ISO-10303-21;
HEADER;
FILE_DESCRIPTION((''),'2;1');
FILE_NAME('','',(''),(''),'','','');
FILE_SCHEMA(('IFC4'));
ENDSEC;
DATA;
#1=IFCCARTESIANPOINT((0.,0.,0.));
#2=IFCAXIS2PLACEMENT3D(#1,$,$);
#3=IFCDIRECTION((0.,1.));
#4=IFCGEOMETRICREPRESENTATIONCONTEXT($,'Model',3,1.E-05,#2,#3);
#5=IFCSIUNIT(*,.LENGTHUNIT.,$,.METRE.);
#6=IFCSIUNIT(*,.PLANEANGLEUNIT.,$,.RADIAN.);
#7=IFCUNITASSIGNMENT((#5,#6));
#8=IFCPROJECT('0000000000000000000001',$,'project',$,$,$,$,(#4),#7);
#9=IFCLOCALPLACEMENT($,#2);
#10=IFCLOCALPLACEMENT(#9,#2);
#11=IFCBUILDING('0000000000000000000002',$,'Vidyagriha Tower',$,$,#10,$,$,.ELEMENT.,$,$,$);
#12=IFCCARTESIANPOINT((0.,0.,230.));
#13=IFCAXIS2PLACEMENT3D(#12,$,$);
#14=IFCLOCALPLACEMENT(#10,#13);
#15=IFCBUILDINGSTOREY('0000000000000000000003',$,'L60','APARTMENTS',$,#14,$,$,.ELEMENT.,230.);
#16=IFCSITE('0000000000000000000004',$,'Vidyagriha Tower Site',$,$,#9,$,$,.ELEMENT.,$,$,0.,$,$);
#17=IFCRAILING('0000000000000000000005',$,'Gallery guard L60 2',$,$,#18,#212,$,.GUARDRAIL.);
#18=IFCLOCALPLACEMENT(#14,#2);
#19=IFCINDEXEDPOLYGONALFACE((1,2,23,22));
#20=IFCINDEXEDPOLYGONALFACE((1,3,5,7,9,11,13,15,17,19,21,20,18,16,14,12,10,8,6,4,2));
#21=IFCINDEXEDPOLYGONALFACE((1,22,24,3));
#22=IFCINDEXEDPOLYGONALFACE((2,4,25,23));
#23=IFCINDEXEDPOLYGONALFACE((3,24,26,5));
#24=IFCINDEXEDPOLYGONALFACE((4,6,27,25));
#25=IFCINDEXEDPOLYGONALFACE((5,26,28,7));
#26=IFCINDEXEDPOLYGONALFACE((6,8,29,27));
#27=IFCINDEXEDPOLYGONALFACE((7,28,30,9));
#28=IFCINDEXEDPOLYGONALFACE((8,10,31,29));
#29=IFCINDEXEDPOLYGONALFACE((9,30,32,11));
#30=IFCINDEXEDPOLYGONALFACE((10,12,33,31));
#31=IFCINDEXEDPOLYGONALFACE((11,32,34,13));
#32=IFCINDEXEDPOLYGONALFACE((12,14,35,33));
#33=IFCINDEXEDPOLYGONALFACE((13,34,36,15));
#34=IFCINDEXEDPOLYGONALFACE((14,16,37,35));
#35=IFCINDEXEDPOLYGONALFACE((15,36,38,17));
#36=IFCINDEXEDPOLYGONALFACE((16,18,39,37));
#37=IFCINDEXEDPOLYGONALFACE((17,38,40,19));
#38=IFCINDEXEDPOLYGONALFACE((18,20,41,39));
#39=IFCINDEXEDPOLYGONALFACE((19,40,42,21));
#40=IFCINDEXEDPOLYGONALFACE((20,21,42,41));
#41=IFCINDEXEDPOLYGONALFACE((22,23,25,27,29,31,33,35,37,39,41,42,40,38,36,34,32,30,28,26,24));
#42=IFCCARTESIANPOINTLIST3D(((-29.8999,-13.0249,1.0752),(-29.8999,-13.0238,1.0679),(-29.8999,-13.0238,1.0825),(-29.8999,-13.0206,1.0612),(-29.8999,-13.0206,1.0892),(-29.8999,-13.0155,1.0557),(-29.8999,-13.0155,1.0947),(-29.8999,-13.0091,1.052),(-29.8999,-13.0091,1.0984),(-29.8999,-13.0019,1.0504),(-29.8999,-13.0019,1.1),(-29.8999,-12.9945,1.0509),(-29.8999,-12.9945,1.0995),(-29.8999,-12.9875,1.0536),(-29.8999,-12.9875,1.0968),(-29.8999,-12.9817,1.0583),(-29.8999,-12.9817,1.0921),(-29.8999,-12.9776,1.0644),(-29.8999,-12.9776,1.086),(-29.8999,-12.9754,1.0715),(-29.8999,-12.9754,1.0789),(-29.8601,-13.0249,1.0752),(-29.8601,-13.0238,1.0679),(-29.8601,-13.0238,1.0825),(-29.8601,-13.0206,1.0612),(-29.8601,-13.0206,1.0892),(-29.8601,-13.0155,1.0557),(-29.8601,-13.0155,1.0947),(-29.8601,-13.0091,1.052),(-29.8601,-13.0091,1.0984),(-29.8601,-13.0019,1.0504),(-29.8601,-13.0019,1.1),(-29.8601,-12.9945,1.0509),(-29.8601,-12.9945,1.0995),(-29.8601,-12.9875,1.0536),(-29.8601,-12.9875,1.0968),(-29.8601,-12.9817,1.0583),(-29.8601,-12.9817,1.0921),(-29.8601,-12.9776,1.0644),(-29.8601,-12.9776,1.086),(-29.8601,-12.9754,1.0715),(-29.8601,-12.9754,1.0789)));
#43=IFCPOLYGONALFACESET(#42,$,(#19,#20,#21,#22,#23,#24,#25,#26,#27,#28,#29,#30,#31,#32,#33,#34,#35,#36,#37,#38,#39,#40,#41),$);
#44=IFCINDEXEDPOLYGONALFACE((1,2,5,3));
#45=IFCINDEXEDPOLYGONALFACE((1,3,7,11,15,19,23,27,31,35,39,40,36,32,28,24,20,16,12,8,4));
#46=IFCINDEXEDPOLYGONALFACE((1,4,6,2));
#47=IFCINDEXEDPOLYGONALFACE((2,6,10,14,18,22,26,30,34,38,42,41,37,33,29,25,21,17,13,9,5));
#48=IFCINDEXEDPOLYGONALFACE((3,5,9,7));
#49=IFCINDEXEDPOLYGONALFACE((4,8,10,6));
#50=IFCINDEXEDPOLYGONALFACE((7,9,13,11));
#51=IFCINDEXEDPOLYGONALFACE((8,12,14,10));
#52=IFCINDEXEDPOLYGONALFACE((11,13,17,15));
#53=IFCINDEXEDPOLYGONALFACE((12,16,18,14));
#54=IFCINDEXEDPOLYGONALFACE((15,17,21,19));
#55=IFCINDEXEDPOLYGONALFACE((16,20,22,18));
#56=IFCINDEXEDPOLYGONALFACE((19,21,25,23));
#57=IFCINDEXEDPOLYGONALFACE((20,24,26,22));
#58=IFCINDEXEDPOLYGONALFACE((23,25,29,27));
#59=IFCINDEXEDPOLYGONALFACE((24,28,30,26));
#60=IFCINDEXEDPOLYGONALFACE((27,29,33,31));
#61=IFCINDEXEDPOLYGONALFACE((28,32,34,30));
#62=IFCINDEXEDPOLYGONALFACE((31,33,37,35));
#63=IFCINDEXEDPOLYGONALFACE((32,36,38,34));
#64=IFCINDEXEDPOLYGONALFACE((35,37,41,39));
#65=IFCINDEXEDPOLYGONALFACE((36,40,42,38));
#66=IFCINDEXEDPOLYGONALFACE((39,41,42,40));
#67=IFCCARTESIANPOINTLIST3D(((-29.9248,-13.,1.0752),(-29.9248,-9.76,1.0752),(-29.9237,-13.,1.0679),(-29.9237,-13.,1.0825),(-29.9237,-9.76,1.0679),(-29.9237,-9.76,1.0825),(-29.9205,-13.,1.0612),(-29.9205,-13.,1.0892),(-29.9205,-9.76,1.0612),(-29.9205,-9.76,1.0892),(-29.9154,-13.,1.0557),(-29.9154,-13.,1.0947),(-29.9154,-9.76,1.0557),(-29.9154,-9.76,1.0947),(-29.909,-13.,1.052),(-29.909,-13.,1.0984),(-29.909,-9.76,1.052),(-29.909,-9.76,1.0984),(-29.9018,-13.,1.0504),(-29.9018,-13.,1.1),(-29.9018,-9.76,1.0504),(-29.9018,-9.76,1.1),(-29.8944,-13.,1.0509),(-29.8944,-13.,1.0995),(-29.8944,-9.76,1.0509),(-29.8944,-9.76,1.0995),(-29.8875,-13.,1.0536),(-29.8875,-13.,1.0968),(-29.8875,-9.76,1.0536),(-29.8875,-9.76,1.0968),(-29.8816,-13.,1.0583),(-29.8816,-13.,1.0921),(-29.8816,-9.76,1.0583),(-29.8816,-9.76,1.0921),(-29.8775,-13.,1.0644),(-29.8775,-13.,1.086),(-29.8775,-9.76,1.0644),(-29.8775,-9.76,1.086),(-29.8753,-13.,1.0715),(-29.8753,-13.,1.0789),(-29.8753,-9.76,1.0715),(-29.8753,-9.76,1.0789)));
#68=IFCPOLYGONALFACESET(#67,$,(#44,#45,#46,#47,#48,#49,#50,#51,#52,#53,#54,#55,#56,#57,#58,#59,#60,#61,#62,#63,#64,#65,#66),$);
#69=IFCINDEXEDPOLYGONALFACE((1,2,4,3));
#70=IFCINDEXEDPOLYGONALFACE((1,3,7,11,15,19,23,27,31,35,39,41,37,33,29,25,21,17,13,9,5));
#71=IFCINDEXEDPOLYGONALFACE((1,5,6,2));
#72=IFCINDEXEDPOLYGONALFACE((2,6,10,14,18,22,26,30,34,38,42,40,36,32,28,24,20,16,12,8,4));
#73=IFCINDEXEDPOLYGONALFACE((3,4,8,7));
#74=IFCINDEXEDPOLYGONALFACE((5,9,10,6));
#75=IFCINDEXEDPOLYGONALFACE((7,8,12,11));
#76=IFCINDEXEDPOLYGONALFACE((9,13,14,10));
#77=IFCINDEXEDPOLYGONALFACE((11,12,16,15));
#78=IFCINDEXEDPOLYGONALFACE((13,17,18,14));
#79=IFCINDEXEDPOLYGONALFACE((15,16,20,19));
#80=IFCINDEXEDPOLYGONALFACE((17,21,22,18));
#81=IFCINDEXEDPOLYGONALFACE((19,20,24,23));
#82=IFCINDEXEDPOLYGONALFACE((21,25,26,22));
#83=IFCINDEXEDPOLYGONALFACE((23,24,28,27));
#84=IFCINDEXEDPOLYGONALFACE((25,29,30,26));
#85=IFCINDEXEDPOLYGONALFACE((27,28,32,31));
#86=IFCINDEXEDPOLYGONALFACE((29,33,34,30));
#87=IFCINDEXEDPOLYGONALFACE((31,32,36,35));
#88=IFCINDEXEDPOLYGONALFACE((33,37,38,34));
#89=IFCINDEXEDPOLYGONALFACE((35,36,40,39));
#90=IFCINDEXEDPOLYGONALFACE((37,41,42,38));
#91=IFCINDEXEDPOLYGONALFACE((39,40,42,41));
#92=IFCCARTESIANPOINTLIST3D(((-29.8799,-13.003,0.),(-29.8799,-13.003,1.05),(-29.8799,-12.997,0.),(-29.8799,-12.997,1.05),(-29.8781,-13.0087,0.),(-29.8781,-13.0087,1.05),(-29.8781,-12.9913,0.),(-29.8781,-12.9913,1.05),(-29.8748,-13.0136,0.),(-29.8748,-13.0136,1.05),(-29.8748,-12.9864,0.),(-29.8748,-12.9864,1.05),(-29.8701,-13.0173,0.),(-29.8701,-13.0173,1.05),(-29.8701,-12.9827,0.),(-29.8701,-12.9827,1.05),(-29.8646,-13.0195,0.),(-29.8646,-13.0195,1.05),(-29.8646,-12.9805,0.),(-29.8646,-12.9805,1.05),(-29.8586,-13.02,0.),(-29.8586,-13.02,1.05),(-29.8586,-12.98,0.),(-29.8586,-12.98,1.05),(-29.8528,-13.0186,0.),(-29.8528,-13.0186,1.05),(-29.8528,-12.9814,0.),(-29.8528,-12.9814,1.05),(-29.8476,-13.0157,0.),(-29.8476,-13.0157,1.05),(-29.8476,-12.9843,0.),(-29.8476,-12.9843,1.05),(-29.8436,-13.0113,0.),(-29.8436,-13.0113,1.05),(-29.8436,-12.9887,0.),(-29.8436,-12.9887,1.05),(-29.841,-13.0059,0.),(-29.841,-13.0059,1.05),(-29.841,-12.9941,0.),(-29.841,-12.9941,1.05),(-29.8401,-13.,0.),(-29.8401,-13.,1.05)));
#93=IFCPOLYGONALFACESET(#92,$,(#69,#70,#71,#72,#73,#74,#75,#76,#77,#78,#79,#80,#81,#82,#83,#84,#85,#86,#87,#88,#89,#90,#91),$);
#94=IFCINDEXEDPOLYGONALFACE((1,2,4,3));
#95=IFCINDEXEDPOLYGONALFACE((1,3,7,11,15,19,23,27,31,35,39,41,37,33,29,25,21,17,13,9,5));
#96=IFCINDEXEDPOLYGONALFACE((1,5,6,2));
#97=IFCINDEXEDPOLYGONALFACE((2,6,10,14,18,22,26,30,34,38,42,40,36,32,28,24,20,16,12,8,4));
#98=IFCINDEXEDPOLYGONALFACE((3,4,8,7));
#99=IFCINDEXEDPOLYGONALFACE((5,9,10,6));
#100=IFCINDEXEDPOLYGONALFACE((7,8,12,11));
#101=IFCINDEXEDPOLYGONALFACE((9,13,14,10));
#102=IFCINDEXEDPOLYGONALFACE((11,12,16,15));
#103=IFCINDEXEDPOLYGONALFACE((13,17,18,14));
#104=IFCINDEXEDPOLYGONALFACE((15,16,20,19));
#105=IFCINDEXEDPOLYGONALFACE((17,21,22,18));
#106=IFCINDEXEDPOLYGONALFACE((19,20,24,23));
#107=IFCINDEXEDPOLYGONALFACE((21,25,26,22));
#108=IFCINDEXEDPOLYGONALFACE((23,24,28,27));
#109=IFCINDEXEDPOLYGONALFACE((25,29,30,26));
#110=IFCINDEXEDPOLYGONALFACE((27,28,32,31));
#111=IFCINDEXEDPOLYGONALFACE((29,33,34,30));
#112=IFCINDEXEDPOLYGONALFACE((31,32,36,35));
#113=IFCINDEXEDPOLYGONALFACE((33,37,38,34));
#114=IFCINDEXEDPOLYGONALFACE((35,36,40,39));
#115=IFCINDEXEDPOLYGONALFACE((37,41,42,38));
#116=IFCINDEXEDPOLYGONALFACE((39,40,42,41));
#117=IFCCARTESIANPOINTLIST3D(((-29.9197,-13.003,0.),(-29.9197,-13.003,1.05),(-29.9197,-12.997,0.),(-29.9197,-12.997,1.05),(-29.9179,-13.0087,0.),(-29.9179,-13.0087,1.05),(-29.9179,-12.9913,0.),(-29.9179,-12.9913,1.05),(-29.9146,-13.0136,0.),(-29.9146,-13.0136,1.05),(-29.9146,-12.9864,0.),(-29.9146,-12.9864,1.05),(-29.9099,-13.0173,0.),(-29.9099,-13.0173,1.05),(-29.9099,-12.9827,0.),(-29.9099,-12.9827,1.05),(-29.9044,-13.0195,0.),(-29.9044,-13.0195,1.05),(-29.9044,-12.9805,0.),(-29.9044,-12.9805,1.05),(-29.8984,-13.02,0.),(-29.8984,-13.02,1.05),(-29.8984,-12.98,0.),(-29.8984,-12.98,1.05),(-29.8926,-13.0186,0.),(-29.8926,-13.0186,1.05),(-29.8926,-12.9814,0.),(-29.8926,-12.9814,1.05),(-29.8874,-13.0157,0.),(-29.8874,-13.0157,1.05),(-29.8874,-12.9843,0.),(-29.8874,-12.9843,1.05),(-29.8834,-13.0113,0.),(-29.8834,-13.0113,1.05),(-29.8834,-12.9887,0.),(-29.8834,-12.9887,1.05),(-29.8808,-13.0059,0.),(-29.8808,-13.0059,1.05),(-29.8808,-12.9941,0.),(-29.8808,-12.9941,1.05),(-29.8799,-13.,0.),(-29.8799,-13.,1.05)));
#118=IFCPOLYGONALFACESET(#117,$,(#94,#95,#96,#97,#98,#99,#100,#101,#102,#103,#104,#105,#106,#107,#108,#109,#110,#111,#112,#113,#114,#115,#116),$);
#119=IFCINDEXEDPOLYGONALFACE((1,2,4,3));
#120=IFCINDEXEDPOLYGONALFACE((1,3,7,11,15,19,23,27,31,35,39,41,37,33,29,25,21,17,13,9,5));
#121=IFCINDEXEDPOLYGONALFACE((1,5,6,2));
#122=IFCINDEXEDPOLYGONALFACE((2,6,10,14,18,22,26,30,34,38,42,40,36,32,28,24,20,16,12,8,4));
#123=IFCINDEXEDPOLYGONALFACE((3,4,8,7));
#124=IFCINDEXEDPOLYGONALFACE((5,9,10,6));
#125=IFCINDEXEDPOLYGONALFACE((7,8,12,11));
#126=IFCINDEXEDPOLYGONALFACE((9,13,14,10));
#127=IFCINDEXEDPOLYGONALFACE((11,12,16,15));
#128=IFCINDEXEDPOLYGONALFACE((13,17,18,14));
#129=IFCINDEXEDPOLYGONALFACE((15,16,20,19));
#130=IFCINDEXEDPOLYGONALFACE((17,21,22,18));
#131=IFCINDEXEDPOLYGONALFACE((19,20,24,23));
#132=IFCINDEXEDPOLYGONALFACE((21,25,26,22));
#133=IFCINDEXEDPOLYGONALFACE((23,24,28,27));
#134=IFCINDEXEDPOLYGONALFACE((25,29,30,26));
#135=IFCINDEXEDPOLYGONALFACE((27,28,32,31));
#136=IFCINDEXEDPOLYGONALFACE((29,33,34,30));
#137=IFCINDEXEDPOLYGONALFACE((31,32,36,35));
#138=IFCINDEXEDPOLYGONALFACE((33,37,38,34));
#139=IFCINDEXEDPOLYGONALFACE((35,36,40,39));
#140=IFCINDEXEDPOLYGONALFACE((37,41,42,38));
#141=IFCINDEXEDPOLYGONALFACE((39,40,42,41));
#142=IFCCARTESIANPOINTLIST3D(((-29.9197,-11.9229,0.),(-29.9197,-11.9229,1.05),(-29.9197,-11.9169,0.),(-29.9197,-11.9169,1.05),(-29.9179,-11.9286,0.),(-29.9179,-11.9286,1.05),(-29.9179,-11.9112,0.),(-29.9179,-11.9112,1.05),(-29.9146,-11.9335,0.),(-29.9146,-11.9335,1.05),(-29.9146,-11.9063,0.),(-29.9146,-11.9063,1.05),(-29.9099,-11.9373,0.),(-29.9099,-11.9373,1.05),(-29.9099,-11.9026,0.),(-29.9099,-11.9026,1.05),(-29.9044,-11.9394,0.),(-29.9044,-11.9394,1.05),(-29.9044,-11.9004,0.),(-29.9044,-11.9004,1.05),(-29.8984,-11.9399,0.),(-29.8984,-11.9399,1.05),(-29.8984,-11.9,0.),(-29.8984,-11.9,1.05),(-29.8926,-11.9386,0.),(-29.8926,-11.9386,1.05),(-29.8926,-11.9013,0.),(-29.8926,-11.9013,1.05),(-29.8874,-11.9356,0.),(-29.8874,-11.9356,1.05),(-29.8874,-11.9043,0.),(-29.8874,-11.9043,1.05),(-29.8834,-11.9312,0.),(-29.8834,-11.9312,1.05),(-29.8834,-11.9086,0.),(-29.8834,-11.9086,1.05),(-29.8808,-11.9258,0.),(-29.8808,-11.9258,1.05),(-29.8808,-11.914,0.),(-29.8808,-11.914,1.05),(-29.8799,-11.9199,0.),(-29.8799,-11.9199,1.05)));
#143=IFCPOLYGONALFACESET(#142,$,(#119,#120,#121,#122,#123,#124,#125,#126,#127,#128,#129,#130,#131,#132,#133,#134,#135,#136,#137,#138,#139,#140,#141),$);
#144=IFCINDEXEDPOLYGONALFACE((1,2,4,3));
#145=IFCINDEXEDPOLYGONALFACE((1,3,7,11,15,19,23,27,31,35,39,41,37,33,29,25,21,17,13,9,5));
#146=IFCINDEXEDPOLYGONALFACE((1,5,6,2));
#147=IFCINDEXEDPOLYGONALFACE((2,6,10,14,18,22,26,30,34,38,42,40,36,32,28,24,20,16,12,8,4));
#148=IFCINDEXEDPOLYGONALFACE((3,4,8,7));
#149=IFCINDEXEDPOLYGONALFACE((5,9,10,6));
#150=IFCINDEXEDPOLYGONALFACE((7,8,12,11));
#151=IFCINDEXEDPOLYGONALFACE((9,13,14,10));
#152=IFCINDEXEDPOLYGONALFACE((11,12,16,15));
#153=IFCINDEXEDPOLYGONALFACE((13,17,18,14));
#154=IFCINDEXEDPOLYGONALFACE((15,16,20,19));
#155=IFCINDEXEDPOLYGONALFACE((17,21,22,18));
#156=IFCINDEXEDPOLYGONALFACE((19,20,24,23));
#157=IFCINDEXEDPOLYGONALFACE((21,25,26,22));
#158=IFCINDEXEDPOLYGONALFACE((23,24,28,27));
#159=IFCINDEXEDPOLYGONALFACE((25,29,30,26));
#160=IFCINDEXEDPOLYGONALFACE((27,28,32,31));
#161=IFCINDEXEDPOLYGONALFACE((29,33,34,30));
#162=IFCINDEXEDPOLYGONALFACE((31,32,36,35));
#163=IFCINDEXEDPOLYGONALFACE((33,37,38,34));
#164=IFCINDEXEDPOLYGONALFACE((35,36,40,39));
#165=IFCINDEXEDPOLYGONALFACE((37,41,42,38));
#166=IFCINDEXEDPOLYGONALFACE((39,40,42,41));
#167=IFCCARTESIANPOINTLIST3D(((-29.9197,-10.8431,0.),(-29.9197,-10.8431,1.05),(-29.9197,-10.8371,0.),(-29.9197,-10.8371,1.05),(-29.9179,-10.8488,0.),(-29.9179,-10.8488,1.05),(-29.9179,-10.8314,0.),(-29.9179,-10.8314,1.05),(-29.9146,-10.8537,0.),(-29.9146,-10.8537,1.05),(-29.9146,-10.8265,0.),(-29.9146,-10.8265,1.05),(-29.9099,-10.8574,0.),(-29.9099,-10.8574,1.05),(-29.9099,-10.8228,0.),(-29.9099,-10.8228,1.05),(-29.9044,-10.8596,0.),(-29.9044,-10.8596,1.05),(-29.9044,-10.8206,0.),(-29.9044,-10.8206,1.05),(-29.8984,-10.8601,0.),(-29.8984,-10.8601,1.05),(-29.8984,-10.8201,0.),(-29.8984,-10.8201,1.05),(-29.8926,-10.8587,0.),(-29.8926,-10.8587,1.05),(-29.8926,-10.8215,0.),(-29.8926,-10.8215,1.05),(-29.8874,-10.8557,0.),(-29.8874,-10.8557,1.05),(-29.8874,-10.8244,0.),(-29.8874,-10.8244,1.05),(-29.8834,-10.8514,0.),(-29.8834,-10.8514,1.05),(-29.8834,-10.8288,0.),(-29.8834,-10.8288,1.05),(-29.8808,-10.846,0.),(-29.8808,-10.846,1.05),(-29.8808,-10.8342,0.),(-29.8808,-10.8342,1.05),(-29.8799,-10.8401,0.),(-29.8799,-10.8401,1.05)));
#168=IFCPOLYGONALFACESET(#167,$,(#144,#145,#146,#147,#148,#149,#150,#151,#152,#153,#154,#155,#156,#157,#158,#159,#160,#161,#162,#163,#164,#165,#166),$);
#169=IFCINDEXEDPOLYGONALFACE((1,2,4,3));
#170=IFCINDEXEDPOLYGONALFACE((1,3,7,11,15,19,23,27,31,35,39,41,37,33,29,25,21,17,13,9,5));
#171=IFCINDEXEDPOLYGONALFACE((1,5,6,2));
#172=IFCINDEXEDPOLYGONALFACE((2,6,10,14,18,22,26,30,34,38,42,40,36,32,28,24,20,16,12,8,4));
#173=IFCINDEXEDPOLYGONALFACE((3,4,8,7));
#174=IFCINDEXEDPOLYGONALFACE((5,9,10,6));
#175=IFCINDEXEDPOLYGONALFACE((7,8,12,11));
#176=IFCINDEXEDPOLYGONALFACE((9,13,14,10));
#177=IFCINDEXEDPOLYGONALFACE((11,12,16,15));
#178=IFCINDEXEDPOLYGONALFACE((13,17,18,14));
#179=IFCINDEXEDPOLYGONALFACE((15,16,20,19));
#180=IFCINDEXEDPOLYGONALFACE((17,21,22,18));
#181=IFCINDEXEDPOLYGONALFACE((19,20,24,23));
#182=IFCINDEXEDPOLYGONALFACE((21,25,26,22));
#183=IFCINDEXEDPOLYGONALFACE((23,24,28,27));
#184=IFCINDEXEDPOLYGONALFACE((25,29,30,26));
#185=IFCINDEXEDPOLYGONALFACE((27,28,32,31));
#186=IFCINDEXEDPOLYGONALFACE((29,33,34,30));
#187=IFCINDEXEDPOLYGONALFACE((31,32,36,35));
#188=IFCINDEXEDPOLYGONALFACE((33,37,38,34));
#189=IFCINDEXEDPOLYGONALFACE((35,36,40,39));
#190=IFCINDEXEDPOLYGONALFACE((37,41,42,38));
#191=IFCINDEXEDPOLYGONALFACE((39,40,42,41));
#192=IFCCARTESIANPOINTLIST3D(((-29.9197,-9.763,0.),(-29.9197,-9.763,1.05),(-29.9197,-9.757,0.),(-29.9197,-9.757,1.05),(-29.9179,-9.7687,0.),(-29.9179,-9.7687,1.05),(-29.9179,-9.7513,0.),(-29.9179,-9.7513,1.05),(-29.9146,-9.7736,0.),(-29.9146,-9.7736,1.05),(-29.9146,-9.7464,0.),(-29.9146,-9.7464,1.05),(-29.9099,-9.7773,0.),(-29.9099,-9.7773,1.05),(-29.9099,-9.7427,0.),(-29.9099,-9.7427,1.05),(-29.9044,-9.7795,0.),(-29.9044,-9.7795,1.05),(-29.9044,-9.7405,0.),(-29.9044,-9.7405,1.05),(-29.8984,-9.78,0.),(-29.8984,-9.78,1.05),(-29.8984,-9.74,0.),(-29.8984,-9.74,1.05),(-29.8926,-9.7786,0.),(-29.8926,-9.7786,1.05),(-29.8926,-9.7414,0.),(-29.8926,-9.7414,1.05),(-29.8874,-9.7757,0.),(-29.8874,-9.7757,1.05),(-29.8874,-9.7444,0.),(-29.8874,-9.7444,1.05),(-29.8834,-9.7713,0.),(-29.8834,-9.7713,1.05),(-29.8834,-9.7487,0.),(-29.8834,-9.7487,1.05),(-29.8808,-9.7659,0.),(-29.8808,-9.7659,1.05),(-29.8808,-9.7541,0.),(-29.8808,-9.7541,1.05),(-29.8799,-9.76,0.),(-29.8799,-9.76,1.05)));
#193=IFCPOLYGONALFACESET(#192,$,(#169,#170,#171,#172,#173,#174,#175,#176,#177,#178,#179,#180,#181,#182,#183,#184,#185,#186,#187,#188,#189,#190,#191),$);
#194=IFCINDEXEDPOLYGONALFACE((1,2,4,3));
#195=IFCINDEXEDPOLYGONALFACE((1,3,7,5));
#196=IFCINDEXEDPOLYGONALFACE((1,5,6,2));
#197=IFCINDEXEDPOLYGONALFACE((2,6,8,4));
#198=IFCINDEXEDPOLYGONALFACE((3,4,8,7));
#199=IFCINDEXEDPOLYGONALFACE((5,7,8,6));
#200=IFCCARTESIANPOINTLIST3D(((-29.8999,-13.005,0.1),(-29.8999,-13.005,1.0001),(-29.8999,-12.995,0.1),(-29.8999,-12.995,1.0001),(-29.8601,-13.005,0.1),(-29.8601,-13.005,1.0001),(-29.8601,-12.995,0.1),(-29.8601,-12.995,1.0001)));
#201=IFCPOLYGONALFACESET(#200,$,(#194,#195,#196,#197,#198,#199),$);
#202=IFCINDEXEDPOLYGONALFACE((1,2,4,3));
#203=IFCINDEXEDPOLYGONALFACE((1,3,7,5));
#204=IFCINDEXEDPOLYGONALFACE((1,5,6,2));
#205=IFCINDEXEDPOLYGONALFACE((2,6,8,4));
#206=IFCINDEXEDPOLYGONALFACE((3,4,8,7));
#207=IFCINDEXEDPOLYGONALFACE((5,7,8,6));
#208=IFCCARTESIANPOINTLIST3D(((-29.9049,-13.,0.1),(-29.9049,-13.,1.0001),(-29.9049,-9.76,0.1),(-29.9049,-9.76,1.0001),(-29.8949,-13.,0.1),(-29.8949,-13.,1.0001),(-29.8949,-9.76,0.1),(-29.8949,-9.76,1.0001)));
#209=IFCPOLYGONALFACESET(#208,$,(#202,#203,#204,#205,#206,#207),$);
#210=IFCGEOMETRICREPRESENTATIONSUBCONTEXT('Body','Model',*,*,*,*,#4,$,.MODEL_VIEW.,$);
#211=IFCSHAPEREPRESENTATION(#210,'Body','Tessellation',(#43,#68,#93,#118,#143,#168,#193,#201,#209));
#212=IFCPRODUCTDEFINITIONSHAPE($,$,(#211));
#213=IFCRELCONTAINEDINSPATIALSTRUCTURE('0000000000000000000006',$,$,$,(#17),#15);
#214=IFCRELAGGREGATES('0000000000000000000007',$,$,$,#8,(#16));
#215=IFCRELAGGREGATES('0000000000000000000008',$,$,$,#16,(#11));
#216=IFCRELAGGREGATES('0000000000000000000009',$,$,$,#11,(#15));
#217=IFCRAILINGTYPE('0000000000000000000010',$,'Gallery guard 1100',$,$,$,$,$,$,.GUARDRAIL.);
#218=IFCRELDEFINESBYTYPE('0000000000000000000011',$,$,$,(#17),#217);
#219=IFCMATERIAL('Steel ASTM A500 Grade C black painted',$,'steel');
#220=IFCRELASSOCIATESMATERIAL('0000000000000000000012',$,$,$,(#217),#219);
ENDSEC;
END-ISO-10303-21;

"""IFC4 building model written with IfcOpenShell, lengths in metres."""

from ifc_helpers import new_model, si_unit, direction, frame, origin, origin_2d, place, context, subcontext, project, spatial, rectangle, circle, extrude, material, type_object, element, save


model = new_model("IFC4")

# Units and contexts
model_context = context("Model", 3, precision=1e-05, world=origin(), true_north=direction((0.0, 1.0)))
body_context = subcontext(model_context, "Body", "Model", "MODEL_VIEW")
ifc_project = project(units=[si_unit("LENGTHUNIT", "METRE"), si_unit("PLANEANGLEUNIT", "RADIAN")], contexts=[model_context])

# Site, building, storey
site_placement = place(None, origin())
site = spatial("IfcSite", under=ifc_project, at=site_placement, Name="Vidyagriha Tower Site", CompositionType="ELEMENT", RefElevation=0.0)
building_placement = place(site_placement, origin())
building = spatial("IfcBuilding", under=site, at=building_placement, Name="Vidyagriha Tower", CompositionType="ELEMENT")
storey_placement = place(building_placement, frame((0.0, 0.0, 230.0)))
storey = spatial("IfcBuildingStorey", under=building, at=storey_placement, Name="L60", Description="APARTMENTS", CompositionType="ELEMENT", Elevation=230.0)

# Railing
ifc_material_1 = material(Name="Steel ASTM A500 Grade C black painted", Category="steel")
railing_type_1 = type_object("IfcRailingType", Name="Gallery guard 1100", PredefinedType="GUARDRAIL", material=ifc_material_1)
railing_1_placement = place(storey_placement, frame((-29.8601, -13.0, 0.0)))
element("IfcRailing", 1, at=railing_1_placement, inside=storey, type_object=railing_type_1, Name="Gallery guard L60 2", PredefinedType="GUARDRAIL", context=body_context, shape_type="SweptSolid", body=[
    extrude(circle(Radius=0.0249, at=origin_2d()), frame((0.0, 0.0, 1.0752), z_axis=(-1.0, 0.0, 0.0), x_axis=(0.0, -1.0, 0.0)), (0.0, 0.0, 1.0), 0.0398),
    extrude(circle(Radius=0.0249, at=origin_2d()), frame((-0.0398, 0.0, 1.0752), z_axis=(0.0, 1.0, 0.0), x_axis=(-1.0, 0.0, 0.0)), (0.0, 0.0, 1.0), 3.24),
    extrude(circle(Radius=0.02, at=origin_2d()), origin(), (0.0, 0.0, 1.0), 1.05),
    extrude(circle(Radius=0.02, at=origin_2d()), frame((-0.0398, 0.0, 0.0)), (0.0, 0.0, 1.0), 1.05),
    extrude(circle(Radius=0.02, at=origin_2d()), frame((-0.0398, 1.0801, 0.0)), (0.0, 0.0, 1.0), 1.05),
    extrude(circle(Radius=0.02, at=origin_2d()), frame((-0.0398, 2.1599, 0.0)), (0.0, 0.0, 1.0), 1.05),
    extrude(circle(Radius=0.02, at=origin_2d()), frame((-0.0398, 3.24, 0.0)), (0.0, 0.0, 1.0), 1.05),
    extrude(rectangle(XDim=0.01, YDim=0.9001, at=origin_2d()), frame((0.0, 0.0, 0.55), z_axis=(-1.0, 0.0, 0.0), x_axis=(0.0, -1.0, 0.0)), (0.0, 0.0, 1.0), 0.0398),
    extrude(rectangle(XDim=0.01, YDim=0.9001, at=origin_2d()), frame((-0.0398, 0.0, 0.55), z_axis=(0.0, 1.0, 0.0), x_axis=(-1.0, 0.0, 0.0)), (0.0, 0.0, 1.0), 3.24),
])

save(model, "model.ifc")
